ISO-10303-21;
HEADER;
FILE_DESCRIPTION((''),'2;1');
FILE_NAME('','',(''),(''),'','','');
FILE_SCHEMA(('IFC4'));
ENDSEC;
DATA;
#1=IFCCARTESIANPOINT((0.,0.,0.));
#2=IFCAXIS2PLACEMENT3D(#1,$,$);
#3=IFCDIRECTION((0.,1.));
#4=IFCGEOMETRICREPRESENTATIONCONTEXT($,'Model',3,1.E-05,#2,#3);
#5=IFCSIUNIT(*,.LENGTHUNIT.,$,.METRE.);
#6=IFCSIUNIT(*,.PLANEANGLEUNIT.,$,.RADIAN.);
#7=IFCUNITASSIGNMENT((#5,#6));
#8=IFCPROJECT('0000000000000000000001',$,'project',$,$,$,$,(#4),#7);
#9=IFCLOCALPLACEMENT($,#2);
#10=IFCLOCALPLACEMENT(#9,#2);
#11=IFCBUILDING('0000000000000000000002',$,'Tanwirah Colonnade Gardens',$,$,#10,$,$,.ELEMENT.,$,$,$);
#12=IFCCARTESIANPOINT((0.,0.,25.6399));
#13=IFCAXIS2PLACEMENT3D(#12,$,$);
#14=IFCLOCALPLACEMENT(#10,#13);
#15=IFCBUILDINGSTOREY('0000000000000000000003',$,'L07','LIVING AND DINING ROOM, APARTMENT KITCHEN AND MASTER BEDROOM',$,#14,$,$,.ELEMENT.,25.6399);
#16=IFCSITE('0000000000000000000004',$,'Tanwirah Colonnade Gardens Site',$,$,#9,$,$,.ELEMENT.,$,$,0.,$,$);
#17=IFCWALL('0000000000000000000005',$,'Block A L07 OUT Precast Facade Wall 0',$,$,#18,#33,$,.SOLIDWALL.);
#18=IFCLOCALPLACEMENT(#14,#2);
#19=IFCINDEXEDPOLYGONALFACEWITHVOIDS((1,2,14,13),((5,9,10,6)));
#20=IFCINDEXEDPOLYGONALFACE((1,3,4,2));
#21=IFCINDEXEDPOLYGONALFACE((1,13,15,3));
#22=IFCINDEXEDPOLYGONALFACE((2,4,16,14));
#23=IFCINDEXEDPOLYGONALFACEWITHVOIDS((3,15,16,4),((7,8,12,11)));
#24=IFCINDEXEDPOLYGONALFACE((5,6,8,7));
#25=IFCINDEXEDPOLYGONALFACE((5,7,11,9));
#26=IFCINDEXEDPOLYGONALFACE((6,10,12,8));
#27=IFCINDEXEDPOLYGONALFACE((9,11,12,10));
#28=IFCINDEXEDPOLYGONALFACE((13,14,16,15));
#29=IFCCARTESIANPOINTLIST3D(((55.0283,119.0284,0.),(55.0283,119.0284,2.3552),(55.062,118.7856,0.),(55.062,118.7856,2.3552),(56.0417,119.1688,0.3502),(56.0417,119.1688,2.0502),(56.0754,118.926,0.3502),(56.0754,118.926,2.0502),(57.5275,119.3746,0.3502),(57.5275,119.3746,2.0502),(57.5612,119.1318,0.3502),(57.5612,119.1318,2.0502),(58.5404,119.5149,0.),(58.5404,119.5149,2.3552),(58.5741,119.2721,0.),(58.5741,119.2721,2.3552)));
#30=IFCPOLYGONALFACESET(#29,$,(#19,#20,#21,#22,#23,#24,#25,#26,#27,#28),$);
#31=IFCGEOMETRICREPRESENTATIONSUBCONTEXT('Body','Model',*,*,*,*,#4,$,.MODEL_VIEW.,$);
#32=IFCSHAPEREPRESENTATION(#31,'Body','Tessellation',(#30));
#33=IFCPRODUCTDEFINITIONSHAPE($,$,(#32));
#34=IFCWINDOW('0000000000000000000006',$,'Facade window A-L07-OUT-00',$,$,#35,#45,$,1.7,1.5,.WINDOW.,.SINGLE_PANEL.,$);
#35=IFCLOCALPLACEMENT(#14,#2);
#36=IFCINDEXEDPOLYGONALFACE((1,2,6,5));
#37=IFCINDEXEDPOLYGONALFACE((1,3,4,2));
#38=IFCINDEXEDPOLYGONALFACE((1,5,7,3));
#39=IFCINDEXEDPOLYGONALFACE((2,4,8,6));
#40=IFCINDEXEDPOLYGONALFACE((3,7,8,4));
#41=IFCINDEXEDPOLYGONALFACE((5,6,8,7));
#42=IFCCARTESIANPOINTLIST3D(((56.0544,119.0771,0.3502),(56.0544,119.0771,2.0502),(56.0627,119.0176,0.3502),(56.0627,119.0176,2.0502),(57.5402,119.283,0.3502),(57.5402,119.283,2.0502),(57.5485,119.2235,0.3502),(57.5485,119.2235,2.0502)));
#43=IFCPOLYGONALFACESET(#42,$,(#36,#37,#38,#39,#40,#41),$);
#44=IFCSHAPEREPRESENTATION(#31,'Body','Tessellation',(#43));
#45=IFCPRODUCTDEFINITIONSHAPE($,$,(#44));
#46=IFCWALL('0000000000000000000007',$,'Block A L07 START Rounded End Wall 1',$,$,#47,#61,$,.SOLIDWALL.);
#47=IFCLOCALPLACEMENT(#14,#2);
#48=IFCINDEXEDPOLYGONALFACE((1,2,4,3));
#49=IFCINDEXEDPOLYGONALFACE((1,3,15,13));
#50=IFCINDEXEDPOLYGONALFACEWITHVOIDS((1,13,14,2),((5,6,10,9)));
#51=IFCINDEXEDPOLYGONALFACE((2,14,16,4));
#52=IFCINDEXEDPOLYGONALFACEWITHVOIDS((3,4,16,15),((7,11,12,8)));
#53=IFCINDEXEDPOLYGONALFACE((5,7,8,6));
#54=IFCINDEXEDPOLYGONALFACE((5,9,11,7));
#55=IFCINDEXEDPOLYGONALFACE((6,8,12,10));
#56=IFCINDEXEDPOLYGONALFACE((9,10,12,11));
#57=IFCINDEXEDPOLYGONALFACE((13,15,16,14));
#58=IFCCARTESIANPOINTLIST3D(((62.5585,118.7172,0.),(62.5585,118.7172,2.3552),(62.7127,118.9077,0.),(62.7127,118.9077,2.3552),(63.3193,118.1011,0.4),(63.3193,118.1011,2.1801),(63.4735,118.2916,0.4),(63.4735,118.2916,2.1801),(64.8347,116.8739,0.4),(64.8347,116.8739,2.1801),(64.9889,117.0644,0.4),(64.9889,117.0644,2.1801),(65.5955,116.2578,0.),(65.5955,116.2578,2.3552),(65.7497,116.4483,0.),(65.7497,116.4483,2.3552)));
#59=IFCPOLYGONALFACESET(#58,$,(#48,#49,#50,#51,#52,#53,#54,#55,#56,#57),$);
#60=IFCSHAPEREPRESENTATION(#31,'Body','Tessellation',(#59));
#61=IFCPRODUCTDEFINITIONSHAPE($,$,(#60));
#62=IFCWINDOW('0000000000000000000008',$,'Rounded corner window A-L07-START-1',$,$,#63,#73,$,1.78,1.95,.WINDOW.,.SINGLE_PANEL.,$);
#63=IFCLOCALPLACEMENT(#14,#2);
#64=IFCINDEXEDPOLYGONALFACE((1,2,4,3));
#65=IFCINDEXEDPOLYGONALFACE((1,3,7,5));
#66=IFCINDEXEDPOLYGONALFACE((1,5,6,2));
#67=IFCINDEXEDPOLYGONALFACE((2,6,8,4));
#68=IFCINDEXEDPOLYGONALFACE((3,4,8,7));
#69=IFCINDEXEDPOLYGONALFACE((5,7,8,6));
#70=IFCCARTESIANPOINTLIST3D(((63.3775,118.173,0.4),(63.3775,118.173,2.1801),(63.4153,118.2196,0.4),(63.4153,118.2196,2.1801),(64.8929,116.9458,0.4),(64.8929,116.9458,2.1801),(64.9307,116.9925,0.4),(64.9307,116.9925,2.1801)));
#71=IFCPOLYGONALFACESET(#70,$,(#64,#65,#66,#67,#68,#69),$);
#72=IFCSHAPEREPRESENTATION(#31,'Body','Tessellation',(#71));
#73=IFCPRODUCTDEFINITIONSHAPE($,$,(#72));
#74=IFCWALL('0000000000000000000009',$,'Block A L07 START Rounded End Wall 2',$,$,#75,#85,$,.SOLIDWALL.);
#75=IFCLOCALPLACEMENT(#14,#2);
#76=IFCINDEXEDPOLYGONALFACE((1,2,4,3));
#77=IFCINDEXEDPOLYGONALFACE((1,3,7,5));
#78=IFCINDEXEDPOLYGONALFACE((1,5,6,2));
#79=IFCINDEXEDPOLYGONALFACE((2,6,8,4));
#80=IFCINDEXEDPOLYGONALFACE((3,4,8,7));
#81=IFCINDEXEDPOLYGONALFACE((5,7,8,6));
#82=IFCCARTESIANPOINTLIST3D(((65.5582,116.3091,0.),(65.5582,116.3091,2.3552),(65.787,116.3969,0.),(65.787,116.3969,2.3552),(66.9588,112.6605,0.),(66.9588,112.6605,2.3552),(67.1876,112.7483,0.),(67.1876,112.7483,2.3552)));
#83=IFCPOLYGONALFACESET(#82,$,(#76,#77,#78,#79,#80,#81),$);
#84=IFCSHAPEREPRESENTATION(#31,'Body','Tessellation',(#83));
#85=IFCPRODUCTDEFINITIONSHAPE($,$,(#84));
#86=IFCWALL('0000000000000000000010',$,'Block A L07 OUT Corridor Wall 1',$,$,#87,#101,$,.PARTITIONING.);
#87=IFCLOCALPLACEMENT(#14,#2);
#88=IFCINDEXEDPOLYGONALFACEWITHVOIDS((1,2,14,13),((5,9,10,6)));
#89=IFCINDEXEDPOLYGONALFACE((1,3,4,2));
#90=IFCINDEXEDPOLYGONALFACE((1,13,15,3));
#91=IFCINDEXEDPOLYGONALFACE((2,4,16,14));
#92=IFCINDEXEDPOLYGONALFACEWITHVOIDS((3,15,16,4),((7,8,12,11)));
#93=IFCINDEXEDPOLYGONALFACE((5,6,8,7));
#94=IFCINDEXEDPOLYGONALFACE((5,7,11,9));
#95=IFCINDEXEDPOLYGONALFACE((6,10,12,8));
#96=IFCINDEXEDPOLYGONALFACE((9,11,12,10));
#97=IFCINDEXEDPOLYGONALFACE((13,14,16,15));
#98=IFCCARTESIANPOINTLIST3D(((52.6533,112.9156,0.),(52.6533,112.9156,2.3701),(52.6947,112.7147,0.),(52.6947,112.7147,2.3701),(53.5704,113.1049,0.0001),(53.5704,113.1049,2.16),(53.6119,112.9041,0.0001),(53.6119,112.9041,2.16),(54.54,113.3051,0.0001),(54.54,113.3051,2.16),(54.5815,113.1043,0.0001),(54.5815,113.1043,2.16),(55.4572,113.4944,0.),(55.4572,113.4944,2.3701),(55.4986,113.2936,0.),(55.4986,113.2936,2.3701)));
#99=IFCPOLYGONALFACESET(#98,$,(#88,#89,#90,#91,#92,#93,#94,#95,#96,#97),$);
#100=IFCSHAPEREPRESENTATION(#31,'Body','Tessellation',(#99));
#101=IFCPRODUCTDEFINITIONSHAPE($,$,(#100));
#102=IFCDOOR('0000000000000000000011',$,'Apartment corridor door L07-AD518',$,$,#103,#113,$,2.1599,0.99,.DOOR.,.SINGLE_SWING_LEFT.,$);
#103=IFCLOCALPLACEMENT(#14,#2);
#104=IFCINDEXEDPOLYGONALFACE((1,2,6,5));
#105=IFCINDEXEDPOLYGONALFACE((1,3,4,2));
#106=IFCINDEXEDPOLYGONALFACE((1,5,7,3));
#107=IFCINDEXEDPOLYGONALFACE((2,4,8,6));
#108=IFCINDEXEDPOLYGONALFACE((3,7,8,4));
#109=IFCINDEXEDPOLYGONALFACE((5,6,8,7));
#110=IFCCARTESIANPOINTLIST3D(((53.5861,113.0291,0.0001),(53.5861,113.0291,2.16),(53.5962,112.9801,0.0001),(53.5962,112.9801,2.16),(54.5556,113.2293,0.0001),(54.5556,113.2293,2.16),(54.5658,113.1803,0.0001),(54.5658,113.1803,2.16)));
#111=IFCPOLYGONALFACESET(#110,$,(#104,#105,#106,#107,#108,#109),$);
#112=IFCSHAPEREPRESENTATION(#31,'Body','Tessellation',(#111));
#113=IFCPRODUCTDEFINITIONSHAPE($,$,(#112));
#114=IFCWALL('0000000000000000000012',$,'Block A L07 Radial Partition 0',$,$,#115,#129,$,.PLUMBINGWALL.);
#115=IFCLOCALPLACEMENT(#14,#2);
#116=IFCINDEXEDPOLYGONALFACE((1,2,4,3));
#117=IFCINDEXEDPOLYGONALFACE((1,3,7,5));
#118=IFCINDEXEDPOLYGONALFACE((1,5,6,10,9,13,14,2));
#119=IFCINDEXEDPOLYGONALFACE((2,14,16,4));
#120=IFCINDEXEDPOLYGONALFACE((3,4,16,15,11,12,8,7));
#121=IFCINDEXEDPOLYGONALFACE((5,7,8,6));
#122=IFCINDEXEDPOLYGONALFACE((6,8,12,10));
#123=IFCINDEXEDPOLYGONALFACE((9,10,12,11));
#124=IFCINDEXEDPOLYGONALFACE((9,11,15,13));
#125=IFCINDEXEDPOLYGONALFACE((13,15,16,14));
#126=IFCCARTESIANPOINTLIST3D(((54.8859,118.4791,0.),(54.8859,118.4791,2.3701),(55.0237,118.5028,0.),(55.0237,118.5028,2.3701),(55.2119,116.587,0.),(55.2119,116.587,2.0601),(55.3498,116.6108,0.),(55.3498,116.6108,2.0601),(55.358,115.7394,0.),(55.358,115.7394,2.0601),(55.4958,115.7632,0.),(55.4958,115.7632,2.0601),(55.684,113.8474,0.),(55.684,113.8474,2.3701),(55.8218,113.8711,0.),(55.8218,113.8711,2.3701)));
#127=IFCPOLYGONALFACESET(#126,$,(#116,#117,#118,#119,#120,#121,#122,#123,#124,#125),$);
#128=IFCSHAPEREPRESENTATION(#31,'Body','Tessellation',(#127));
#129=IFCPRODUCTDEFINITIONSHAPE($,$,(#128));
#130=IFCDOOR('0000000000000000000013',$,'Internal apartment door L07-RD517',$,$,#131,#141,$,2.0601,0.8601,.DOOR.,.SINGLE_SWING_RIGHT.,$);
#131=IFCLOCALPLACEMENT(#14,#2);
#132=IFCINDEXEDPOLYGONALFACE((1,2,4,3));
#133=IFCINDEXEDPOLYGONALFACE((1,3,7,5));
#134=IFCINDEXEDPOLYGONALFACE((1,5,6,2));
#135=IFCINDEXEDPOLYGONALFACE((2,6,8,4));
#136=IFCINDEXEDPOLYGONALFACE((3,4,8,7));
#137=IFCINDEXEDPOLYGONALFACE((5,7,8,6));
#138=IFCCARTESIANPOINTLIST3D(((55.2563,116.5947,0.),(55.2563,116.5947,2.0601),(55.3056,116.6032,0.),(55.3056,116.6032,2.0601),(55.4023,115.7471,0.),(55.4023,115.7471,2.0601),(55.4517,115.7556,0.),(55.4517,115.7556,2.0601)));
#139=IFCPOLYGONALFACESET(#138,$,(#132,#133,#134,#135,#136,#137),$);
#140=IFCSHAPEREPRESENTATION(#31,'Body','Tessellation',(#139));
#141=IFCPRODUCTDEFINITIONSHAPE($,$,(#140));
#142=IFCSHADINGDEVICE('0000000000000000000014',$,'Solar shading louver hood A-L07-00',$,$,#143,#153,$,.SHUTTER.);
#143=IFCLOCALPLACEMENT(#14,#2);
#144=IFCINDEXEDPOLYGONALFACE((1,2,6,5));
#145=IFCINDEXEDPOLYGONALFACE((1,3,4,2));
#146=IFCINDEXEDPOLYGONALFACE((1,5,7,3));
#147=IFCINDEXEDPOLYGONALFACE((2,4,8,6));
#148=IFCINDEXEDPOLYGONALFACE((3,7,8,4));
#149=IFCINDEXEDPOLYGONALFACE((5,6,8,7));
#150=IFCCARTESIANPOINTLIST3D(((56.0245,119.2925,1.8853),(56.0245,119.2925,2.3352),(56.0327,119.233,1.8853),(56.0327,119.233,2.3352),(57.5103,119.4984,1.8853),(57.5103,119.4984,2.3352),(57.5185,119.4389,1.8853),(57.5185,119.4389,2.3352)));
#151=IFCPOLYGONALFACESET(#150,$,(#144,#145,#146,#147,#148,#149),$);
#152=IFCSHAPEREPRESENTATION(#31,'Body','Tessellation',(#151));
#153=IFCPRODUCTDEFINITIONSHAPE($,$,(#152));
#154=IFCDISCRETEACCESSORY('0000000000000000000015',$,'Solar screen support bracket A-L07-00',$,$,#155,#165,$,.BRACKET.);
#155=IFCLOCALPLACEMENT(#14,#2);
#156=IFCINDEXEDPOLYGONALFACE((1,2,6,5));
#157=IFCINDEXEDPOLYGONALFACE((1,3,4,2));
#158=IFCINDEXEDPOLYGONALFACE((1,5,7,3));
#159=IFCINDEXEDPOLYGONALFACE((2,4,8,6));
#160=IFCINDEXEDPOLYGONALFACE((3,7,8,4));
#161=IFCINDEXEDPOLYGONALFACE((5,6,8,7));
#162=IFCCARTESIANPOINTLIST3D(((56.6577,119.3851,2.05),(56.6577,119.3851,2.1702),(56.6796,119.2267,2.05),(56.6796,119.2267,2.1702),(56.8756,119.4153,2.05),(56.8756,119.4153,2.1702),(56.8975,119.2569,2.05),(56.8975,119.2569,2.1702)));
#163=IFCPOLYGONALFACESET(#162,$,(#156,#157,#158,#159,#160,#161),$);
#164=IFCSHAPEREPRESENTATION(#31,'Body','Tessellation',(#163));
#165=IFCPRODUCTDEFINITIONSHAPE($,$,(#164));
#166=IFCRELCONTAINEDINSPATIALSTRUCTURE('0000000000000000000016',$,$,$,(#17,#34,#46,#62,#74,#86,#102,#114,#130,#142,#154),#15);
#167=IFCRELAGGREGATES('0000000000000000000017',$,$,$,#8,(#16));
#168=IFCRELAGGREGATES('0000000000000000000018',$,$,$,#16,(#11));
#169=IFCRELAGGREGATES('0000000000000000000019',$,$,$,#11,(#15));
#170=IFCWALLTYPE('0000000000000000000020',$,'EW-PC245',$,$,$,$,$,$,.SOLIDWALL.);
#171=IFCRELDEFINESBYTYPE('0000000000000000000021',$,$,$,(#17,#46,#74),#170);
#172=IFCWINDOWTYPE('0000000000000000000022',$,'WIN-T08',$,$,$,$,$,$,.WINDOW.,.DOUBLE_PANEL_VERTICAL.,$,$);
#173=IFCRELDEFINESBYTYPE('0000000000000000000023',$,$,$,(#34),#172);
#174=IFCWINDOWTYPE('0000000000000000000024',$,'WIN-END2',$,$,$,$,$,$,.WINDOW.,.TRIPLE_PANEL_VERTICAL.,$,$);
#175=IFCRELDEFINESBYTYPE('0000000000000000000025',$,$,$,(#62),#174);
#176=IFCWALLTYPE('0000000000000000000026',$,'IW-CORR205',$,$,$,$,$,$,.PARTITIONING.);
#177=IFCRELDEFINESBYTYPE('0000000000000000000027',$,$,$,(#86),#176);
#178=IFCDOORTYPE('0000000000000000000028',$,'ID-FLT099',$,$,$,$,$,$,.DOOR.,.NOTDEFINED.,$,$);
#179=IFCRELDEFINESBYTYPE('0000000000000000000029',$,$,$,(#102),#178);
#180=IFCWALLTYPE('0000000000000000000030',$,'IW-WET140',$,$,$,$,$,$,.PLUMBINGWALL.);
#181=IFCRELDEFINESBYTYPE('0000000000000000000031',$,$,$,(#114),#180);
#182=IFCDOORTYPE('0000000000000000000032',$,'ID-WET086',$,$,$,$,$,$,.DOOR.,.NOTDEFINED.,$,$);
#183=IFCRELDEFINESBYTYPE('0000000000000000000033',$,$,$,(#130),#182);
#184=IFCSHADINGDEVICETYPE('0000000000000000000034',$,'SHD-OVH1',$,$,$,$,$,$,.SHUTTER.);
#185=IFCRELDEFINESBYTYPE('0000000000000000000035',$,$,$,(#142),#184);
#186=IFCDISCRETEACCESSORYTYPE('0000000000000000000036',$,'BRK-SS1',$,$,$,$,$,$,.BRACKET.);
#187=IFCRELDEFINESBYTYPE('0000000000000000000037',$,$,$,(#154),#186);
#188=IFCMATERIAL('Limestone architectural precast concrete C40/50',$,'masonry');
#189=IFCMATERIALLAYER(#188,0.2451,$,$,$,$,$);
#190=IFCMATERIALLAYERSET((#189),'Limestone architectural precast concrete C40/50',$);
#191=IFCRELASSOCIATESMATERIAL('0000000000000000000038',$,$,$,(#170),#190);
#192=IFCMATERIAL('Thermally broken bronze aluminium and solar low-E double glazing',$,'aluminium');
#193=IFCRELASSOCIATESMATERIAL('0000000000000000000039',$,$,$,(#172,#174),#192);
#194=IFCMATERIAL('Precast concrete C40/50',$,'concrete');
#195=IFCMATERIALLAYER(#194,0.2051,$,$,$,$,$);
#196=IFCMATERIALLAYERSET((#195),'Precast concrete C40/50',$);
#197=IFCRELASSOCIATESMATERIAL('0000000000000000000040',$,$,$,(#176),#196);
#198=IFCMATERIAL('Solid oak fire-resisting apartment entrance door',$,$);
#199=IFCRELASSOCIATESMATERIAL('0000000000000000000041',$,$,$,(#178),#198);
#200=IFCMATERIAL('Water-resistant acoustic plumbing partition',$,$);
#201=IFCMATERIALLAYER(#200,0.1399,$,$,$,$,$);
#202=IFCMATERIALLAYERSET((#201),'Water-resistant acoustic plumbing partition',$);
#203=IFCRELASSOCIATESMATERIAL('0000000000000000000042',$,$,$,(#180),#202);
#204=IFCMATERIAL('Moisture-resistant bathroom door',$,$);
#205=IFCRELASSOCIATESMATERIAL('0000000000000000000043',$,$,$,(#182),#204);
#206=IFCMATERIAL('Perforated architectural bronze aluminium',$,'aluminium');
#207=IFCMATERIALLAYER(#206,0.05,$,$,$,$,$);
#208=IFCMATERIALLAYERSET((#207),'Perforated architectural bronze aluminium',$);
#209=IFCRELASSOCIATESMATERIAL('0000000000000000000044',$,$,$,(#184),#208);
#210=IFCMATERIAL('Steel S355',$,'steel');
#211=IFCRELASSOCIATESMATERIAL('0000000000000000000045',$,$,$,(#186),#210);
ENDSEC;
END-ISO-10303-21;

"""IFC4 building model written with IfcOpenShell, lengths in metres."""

from ifc_helpers import new_model, si_unit, direction, frame, frame_2d, origin, origin_2d, place, context, subcontext, project, spatial, rectangle, extrude, material, layer, layer_set, type_object, element, fill, save


model = new_model("IFC4")

# Units and contexts
model_context = context("Model", 3, precision=1e-05, world=origin(), true_north=direction((0.0, 1.0)))
body_context = subcontext(model_context, "Body", "Model", "MODEL_VIEW")
ifc_project = project(units=[si_unit("LENGTHUNIT", "METRE"), si_unit("PLANEANGLEUNIT", "RADIAN")], contexts=[model_context])

# Site, building, storey
site_placement = place(None, origin())
site = spatial("IfcSite", under=ifc_project, at=site_placement, Name="Tanwirah Colonnade Gardens Site", CompositionType="ELEMENT", RefElevation=0.0)
building_placement = place(site_placement, origin())
building = spatial("IfcBuilding", under=site, at=building_placement, Name="Tanwirah Colonnade Gardens", CompositionType="ELEMENT")
storey_placement = place(building_placement, frame((0.0, 0.0, 25.6399)))
storey = spatial("IfcBuildingStorey", under=building, at=storey_placement, Name="L07", Description="LIVING AND DINING ROOM, APARTMENT KITCHEN AND MASTER BEDROOM", CompositionType="ELEMENT", Elevation=25.6399)

# Shared definitions
ifc_material_1 = material(Name="Precast concrete C40/50", Category="concrete")

# Walls, openings, windows
ifc_material_2 = material(Name="Limestone architectural precast concrete C40/50", Category="masonry")
ifc_layer_1 = layer(ifc_material_2, 0.2451)
ifc_layer_set_1 = layer_set([ifc_layer_1], Name="Limestone architectural precast concrete C40/50")
wall_type_1 = type_object("IfcWallType", Name="EW-PC245", PredefinedType="SOLIDWALL", material=ifc_layer_set_1)
wall_1_placement = place(storey_placement, frame((58.5574, 119.3936, 0.0), z_axis=(0.0, 0.0, 1.0), x_axis=(-0.99054, -0.137227, 0.0)))
wall_1 = element("IfcWall", 1, at=wall_1_placement, inside=storey, type_object=wall_type_1, Name="Block A L07 OUT Precast Facade Wall 0", PredefinedType="SOLIDWALL", context=body_context, shape_type="SweptSolid", body=[
    extrude(rectangle(XDim=3.5457, YDim=0.2451, at=frame_2d((1.7729, 0.0))), origin(), (0.0, 0.0, 1.0), 2.3552),
])
opening_1_placement = place(wall_1_placement, frame((1.0227, 0.0, 0.3501)))
opening_1 = element("IfcOpeningElement", 2, at=opening_1_placement, cuts=wall_1, PredefinedType="OPENING", context=body_context, shape_type="SweptSolid", body=[
    extrude(rectangle(XDim=1.5, YDim=1.7, at=frame_2d((0.75, 0.8501))), frame((0.0, 0.1326, 0.0), z_axis=(0.0, -1.0, 0.0), x_axis=(1.0, 0.0, 0.0)), (0.0, 0.0, 1.0), 0.2651),
])
ifc_material_3 = material(Name="Thermally broken bronze aluminium and solar low-E double glazing", Category="aluminium")
window_type_1 = type_object("IfcWindowType", Name="WIN-T08", PartitioningType="DOUBLE_PANEL_VERTICAL", PredefinedType="WINDOW", material=ifc_material_3)
window_1_placement = place(opening_1_placement, origin())
window_1 = element("IfcWindow", 3, at=window_1_placement, inside=storey, type_object=window_type_1, Name="Facade window A-L07-OUT-00", OverallHeight=1.7, OverallWidth=1.5, PartitioningType="SINGLE_PANEL", PredefinedType="WINDOW", context=body_context, shape_type="SweptSolid", body=[
    extrude(rectangle(XDim=1.5, YDim=1.7, at=frame_2d((0.75, 0.8501))), frame((0.0, 0.03, 0.0), z_axis=(0.0, -1.0, 0.0), x_axis=(1.0, 0.0, 0.0)), (0.0, 0.0, 1.0), 0.0601),
])
fill(opening_1, window_1)
wall_2_placement = place(storey_placement, frame((62.6355, 118.8125, 0.0), z_axis=(0.0, 0.0, 1.0), x_axis=(0.777137, -0.629331, 0.0)))
wall_2 = element("IfcWall", 4, at=wall_2_placement, inside=storey, type_object=wall_type_1, Name="Block A L07 START Rounded End Wall 1", PredefinedType="SOLIDWALL", context=body_context, shape_type="SweptSolid", body=[
    extrude(rectangle(XDim=3.908, YDim=0.2451, at=frame_2d((1.9541, 0.0))), origin(), (0.0, 0.0, 1.0), 2.3552),
])
opening_2_placement = place(wall_2_placement, frame((0.979, 0.0, 0.3999)))
opening_2 = element("IfcOpeningElement", 5, at=opening_2_placement, cuts=wall_2, PredefinedType="OPENING", context=body_context, shape_type="SweptSolid", body=[
    extrude(rectangle(XDim=1.95, YDim=1.78, at=frame_2d((0.9751, 0.8901))), frame((0.0, 0.1326, 0.0), z_axis=(0.0, -1.0, 0.0), x_axis=(1.0, 0.0, 0.0)), (0.0, 0.0, 1.0), 0.2651),
])
window_type_2 = type_object("IfcWindowType", Name="WIN-END2", PartitioningType="TRIPLE_PANEL_VERTICAL", PredefinedType="WINDOW", material=ifc_material_3)
window_2_placement = place(opening_2_placement, origin())
window_2 = element("IfcWindow", 6, at=window_2_placement, inside=storey, type_object=window_type_2, Name="Rounded corner window A-L07-START-1", OverallHeight=1.78, OverallWidth=1.95, PartitioningType="SINGLE_PANEL", PredefinedType="WINDOW", context=body_context, shape_type="SweptSolid", body=[
    extrude(rectangle(XDim=1.95, YDim=1.78, at=frame_2d((0.9751, 0.8901))), frame((0.0, 0.03, 0.0), z_axis=(0.0, -1.0, 0.0), x_axis=(1.0, 0.0, 0.0)), (0.0, 0.0, 1.0), 0.0601),
])
fill(opening_2, window_2)

# Wall
wall_3_placement = place(storey_placement, frame((65.6726, 116.353, 0.0), z_axis=(0.0, 0.0, 1.0), x_axis=(0.358376, -0.933577, 0.0)))
element("IfcWall", 7, at=wall_3_placement, inside=storey, type_object=wall_type_1, Name="Block A L07 START Rounded End Wall 2", PredefinedType="SOLIDWALL", context=body_context, shape_type="SweptSolid", body=[
    extrude(rectangle(XDim=3.9082, YDim=0.2451, at=frame_2d((1.9541, 0.0))), origin(), (0.0, 0.0, 1.0), 2.3552),
])

# Walls, openings, doors
ifc_layer_2 = layer(ifc_material_1, 0.2051)
ifc_layer_set_2 = layer_set([ifc_layer_2], Name="Precast concrete C40/50")
wall_type_2 = type_object("IfcWallType", Name="IW-CORR205", PredefinedType="PARTITIONING", material=ifc_layer_set_2)
ifc_material_4 = material(Name="Solid oak fire-resisting apartment entrance door")
wall_4_placement = place(storey_placement, frame((55.478, 113.394, 0.0), z_axis=(0.0, 0.0, 1.0), x_axis=(-0.979348, -0.20218, 0.0)))
wall_4 = element("IfcWall", 8, at=wall_4_placement, inside=storey, type_object=wall_type_2, Name="Block A L07 OUT Corridor Wall 1", PredefinedType="PARTITIONING", context=body_context, shape_type="SweptSolid", body=[
    extrude(rectangle(XDim=2.863, YDim=0.2051, at=frame_2d((1.4316, 0.0))), origin(), (0.0, 0.0, 1.0), 2.3701),
])
opening_3_placement = place(wall_4_placement, frame((0.9365, 0.0, 0.0)))
opening_3 = element("IfcOpeningElement", 9, at=opening_3_placement, cuts=wall_4, PredefinedType="OPENING", context=body_context, shape_type="SweptSolid", body=[
    extrude(rectangle(XDim=0.99, YDim=2.1599, at=frame_2d((0.4951, 1.0801))), frame((0.0, 0.1125, 0.0), z_axis=(0.0, -1.0, 0.0), x_axis=(1.0, 0.0, 0.0)), (0.0, 0.0, 1.0), 0.2251),
])
door_type_1 = type_object("IfcDoorType", Name="ID-FLT099", OperationType="NOTDEFINED", PredefinedType="DOOR", material=ifc_material_4)
door_1_placement = place(opening_3_placement, origin())
door_1 = element("IfcDoor", 10, at=door_1_placement, inside=storey, type_object=door_type_1, Name="Apartment corridor door L07-AD518", OperationType="SINGLE_SWING_LEFT", OverallHeight=2.1599, OverallWidth=0.99, PredefinedType="DOOR", context=body_context, shape_type="SweptSolid", body=[
    extrude(rectangle(XDim=0.99, YDim=2.1599, at=frame_2d((0.4951, 1.0801))), frame((0.0, 0.0249, 0.0), z_axis=(0.0, -1.0, 0.0), x_axis=(1.0, 0.0, 0.0)), (0.0, 0.0, 1.0), 0.05),
])
fill(opening_3, door_1)
ifc_material_5 = material(Name="Water-resistant acoustic plumbing partition")
ifc_layer_3 = layer(ifc_material_5, 0.1399)
ifc_layer_set_3 = layer_set([ifc_layer_3], Name="Water-resistant acoustic plumbing partition")
wall_type_3 = type_object("IfcWallType", Name="IW-WET140", PredefinedType="PLUMBINGWALL", material=ifc_layer_set_3)
wall_5_placement = place(storey_placement, frame((55.7529, 113.8591, 0.0), z_axis=(0.0, 0.0, 1.0), x_axis=(-0.169813, 0.985476, 0.0)))
wall_5 = element("IfcWall", 11, at=wall_5_placement, inside=storey, type_object=wall_type_3, Name="Block A L07 Radial Partition 0", PredefinedType="PLUMBINGWALL", context=body_context, shape_type="SweptSolid", body=[
    extrude(rectangle(XDim=4.7, YDim=0.1399, at=frame_2d((2.3501, 0.0))), origin(), (0.0, 0.0, 1.0), 2.3701),
])
opening_4_placement = place(wall_5_placement, frame((1.9199, 0.0, 0.0)))
opening_4 = element("IfcOpeningElement", 12, at=opening_4_placement, cuts=wall_5, PredefinedType="OPENING", context=body_context, shape_type="SweptSolid", body=[
    extrude(rectangle(XDim=0.8601, YDim=2.0601, at=frame_2d((0.4302, 1.03))), frame((0.0, 0.0798, 0.0), z_axis=(0.0, -1.0, 0.0), x_axis=(1.0, 0.0, 0.0)), (0.0, 0.0, 1.0), 0.1599),
])
ifc_material_6 = material(Name="Moisture-resistant bathroom door")
door_type_2 = type_object("IfcDoorType", Name="ID-WET086", OperationType="NOTDEFINED", PredefinedType="DOOR", material=ifc_material_6)
door_2_placement = place(opening_4_placement, origin())
door_2 = element("IfcDoor", 13, at=door_2_placement, inside=storey, type_object=door_type_2, Name="Internal apartment door L07-RD517", OperationType="SINGLE_SWING_RIGHT", OverallHeight=2.0601, OverallWidth=0.8601, PredefinedType="DOOR", context=body_context, shape_type="SweptSolid", body=[
    extrude(rectangle(XDim=0.8601, YDim=2.0601, at=frame_2d((0.4302, 1.03))), frame((0.0, 0.0249, 0.0), z_axis=(0.0, -1.0, 0.0), x_axis=(1.0, 0.0, 0.0)), (0.0, 0.0, 1.0), 0.05),
])
fill(opening_4, door_2)

# Shading device
ifc_material_7 = material(Name="Perforated architectural bronze aluminium", Category="aluminium")
ifc_layer_4 = layer(ifc_material_7, 0.05)
ifc_layer_set_4 = layer_set([ifc_layer_4], Name="Perforated architectural bronze aluminium")
shading_device_type = type_object("IfcShadingDeviceType", Name="SHD-OVH1", PredefinedType="SHUTTER", material=ifc_layer_set_4)
shading_device_placement = place(storey_placement, frame((56.7715, 119.3657, 1.8853), z_axis=(0.0, 0.0, 1.0), x_axis=(-0.990536, -0.137251, 0.0)))
element("IfcShadingDevice", 14, at=shading_device_placement, inside=storey, type_object=shading_device_type, Name="Solar shading louver hood A-L07-00", PredefinedType="SHUTTER", context=body_context, shape_type="SweptSolid", body=[
    extrude(rectangle(XDim=1.5, YDim=0.0601, at=origin_2d()), origin(), (0.0, 0.0, 1.0), 0.45),
])

# Discrete accessory
ifc_material_8 = material(Name="Steel S355", Category="steel")
discrete_accessory_type = type_object("IfcDiscreteAccessoryType", Name="BRK-SS1", PredefinedType="BRACKET", material=ifc_material_8)
discrete_accessory_placement = place(storey_placement, frame((56.7776, 119.321, 2.05), z_axis=(0.0, 0.0, 1.0), x_axis=(-0.990536, -0.137251, 0.0)))
element("IfcDiscreteAccessory", 15, at=discrete_accessory_placement, inside=storey, type_object=discrete_accessory_type, Name="Solar screen support bracket A-L07-00", PredefinedType="BRACKET", context=body_context, shape_type="SweptSolid", body=[
    extrude(rectangle(XDim=0.22, YDim=0.1599, at=origin_2d()), origin(), (0.0, 0.0, 1.0), 0.1201),
])

save(model, "model.ifc")
